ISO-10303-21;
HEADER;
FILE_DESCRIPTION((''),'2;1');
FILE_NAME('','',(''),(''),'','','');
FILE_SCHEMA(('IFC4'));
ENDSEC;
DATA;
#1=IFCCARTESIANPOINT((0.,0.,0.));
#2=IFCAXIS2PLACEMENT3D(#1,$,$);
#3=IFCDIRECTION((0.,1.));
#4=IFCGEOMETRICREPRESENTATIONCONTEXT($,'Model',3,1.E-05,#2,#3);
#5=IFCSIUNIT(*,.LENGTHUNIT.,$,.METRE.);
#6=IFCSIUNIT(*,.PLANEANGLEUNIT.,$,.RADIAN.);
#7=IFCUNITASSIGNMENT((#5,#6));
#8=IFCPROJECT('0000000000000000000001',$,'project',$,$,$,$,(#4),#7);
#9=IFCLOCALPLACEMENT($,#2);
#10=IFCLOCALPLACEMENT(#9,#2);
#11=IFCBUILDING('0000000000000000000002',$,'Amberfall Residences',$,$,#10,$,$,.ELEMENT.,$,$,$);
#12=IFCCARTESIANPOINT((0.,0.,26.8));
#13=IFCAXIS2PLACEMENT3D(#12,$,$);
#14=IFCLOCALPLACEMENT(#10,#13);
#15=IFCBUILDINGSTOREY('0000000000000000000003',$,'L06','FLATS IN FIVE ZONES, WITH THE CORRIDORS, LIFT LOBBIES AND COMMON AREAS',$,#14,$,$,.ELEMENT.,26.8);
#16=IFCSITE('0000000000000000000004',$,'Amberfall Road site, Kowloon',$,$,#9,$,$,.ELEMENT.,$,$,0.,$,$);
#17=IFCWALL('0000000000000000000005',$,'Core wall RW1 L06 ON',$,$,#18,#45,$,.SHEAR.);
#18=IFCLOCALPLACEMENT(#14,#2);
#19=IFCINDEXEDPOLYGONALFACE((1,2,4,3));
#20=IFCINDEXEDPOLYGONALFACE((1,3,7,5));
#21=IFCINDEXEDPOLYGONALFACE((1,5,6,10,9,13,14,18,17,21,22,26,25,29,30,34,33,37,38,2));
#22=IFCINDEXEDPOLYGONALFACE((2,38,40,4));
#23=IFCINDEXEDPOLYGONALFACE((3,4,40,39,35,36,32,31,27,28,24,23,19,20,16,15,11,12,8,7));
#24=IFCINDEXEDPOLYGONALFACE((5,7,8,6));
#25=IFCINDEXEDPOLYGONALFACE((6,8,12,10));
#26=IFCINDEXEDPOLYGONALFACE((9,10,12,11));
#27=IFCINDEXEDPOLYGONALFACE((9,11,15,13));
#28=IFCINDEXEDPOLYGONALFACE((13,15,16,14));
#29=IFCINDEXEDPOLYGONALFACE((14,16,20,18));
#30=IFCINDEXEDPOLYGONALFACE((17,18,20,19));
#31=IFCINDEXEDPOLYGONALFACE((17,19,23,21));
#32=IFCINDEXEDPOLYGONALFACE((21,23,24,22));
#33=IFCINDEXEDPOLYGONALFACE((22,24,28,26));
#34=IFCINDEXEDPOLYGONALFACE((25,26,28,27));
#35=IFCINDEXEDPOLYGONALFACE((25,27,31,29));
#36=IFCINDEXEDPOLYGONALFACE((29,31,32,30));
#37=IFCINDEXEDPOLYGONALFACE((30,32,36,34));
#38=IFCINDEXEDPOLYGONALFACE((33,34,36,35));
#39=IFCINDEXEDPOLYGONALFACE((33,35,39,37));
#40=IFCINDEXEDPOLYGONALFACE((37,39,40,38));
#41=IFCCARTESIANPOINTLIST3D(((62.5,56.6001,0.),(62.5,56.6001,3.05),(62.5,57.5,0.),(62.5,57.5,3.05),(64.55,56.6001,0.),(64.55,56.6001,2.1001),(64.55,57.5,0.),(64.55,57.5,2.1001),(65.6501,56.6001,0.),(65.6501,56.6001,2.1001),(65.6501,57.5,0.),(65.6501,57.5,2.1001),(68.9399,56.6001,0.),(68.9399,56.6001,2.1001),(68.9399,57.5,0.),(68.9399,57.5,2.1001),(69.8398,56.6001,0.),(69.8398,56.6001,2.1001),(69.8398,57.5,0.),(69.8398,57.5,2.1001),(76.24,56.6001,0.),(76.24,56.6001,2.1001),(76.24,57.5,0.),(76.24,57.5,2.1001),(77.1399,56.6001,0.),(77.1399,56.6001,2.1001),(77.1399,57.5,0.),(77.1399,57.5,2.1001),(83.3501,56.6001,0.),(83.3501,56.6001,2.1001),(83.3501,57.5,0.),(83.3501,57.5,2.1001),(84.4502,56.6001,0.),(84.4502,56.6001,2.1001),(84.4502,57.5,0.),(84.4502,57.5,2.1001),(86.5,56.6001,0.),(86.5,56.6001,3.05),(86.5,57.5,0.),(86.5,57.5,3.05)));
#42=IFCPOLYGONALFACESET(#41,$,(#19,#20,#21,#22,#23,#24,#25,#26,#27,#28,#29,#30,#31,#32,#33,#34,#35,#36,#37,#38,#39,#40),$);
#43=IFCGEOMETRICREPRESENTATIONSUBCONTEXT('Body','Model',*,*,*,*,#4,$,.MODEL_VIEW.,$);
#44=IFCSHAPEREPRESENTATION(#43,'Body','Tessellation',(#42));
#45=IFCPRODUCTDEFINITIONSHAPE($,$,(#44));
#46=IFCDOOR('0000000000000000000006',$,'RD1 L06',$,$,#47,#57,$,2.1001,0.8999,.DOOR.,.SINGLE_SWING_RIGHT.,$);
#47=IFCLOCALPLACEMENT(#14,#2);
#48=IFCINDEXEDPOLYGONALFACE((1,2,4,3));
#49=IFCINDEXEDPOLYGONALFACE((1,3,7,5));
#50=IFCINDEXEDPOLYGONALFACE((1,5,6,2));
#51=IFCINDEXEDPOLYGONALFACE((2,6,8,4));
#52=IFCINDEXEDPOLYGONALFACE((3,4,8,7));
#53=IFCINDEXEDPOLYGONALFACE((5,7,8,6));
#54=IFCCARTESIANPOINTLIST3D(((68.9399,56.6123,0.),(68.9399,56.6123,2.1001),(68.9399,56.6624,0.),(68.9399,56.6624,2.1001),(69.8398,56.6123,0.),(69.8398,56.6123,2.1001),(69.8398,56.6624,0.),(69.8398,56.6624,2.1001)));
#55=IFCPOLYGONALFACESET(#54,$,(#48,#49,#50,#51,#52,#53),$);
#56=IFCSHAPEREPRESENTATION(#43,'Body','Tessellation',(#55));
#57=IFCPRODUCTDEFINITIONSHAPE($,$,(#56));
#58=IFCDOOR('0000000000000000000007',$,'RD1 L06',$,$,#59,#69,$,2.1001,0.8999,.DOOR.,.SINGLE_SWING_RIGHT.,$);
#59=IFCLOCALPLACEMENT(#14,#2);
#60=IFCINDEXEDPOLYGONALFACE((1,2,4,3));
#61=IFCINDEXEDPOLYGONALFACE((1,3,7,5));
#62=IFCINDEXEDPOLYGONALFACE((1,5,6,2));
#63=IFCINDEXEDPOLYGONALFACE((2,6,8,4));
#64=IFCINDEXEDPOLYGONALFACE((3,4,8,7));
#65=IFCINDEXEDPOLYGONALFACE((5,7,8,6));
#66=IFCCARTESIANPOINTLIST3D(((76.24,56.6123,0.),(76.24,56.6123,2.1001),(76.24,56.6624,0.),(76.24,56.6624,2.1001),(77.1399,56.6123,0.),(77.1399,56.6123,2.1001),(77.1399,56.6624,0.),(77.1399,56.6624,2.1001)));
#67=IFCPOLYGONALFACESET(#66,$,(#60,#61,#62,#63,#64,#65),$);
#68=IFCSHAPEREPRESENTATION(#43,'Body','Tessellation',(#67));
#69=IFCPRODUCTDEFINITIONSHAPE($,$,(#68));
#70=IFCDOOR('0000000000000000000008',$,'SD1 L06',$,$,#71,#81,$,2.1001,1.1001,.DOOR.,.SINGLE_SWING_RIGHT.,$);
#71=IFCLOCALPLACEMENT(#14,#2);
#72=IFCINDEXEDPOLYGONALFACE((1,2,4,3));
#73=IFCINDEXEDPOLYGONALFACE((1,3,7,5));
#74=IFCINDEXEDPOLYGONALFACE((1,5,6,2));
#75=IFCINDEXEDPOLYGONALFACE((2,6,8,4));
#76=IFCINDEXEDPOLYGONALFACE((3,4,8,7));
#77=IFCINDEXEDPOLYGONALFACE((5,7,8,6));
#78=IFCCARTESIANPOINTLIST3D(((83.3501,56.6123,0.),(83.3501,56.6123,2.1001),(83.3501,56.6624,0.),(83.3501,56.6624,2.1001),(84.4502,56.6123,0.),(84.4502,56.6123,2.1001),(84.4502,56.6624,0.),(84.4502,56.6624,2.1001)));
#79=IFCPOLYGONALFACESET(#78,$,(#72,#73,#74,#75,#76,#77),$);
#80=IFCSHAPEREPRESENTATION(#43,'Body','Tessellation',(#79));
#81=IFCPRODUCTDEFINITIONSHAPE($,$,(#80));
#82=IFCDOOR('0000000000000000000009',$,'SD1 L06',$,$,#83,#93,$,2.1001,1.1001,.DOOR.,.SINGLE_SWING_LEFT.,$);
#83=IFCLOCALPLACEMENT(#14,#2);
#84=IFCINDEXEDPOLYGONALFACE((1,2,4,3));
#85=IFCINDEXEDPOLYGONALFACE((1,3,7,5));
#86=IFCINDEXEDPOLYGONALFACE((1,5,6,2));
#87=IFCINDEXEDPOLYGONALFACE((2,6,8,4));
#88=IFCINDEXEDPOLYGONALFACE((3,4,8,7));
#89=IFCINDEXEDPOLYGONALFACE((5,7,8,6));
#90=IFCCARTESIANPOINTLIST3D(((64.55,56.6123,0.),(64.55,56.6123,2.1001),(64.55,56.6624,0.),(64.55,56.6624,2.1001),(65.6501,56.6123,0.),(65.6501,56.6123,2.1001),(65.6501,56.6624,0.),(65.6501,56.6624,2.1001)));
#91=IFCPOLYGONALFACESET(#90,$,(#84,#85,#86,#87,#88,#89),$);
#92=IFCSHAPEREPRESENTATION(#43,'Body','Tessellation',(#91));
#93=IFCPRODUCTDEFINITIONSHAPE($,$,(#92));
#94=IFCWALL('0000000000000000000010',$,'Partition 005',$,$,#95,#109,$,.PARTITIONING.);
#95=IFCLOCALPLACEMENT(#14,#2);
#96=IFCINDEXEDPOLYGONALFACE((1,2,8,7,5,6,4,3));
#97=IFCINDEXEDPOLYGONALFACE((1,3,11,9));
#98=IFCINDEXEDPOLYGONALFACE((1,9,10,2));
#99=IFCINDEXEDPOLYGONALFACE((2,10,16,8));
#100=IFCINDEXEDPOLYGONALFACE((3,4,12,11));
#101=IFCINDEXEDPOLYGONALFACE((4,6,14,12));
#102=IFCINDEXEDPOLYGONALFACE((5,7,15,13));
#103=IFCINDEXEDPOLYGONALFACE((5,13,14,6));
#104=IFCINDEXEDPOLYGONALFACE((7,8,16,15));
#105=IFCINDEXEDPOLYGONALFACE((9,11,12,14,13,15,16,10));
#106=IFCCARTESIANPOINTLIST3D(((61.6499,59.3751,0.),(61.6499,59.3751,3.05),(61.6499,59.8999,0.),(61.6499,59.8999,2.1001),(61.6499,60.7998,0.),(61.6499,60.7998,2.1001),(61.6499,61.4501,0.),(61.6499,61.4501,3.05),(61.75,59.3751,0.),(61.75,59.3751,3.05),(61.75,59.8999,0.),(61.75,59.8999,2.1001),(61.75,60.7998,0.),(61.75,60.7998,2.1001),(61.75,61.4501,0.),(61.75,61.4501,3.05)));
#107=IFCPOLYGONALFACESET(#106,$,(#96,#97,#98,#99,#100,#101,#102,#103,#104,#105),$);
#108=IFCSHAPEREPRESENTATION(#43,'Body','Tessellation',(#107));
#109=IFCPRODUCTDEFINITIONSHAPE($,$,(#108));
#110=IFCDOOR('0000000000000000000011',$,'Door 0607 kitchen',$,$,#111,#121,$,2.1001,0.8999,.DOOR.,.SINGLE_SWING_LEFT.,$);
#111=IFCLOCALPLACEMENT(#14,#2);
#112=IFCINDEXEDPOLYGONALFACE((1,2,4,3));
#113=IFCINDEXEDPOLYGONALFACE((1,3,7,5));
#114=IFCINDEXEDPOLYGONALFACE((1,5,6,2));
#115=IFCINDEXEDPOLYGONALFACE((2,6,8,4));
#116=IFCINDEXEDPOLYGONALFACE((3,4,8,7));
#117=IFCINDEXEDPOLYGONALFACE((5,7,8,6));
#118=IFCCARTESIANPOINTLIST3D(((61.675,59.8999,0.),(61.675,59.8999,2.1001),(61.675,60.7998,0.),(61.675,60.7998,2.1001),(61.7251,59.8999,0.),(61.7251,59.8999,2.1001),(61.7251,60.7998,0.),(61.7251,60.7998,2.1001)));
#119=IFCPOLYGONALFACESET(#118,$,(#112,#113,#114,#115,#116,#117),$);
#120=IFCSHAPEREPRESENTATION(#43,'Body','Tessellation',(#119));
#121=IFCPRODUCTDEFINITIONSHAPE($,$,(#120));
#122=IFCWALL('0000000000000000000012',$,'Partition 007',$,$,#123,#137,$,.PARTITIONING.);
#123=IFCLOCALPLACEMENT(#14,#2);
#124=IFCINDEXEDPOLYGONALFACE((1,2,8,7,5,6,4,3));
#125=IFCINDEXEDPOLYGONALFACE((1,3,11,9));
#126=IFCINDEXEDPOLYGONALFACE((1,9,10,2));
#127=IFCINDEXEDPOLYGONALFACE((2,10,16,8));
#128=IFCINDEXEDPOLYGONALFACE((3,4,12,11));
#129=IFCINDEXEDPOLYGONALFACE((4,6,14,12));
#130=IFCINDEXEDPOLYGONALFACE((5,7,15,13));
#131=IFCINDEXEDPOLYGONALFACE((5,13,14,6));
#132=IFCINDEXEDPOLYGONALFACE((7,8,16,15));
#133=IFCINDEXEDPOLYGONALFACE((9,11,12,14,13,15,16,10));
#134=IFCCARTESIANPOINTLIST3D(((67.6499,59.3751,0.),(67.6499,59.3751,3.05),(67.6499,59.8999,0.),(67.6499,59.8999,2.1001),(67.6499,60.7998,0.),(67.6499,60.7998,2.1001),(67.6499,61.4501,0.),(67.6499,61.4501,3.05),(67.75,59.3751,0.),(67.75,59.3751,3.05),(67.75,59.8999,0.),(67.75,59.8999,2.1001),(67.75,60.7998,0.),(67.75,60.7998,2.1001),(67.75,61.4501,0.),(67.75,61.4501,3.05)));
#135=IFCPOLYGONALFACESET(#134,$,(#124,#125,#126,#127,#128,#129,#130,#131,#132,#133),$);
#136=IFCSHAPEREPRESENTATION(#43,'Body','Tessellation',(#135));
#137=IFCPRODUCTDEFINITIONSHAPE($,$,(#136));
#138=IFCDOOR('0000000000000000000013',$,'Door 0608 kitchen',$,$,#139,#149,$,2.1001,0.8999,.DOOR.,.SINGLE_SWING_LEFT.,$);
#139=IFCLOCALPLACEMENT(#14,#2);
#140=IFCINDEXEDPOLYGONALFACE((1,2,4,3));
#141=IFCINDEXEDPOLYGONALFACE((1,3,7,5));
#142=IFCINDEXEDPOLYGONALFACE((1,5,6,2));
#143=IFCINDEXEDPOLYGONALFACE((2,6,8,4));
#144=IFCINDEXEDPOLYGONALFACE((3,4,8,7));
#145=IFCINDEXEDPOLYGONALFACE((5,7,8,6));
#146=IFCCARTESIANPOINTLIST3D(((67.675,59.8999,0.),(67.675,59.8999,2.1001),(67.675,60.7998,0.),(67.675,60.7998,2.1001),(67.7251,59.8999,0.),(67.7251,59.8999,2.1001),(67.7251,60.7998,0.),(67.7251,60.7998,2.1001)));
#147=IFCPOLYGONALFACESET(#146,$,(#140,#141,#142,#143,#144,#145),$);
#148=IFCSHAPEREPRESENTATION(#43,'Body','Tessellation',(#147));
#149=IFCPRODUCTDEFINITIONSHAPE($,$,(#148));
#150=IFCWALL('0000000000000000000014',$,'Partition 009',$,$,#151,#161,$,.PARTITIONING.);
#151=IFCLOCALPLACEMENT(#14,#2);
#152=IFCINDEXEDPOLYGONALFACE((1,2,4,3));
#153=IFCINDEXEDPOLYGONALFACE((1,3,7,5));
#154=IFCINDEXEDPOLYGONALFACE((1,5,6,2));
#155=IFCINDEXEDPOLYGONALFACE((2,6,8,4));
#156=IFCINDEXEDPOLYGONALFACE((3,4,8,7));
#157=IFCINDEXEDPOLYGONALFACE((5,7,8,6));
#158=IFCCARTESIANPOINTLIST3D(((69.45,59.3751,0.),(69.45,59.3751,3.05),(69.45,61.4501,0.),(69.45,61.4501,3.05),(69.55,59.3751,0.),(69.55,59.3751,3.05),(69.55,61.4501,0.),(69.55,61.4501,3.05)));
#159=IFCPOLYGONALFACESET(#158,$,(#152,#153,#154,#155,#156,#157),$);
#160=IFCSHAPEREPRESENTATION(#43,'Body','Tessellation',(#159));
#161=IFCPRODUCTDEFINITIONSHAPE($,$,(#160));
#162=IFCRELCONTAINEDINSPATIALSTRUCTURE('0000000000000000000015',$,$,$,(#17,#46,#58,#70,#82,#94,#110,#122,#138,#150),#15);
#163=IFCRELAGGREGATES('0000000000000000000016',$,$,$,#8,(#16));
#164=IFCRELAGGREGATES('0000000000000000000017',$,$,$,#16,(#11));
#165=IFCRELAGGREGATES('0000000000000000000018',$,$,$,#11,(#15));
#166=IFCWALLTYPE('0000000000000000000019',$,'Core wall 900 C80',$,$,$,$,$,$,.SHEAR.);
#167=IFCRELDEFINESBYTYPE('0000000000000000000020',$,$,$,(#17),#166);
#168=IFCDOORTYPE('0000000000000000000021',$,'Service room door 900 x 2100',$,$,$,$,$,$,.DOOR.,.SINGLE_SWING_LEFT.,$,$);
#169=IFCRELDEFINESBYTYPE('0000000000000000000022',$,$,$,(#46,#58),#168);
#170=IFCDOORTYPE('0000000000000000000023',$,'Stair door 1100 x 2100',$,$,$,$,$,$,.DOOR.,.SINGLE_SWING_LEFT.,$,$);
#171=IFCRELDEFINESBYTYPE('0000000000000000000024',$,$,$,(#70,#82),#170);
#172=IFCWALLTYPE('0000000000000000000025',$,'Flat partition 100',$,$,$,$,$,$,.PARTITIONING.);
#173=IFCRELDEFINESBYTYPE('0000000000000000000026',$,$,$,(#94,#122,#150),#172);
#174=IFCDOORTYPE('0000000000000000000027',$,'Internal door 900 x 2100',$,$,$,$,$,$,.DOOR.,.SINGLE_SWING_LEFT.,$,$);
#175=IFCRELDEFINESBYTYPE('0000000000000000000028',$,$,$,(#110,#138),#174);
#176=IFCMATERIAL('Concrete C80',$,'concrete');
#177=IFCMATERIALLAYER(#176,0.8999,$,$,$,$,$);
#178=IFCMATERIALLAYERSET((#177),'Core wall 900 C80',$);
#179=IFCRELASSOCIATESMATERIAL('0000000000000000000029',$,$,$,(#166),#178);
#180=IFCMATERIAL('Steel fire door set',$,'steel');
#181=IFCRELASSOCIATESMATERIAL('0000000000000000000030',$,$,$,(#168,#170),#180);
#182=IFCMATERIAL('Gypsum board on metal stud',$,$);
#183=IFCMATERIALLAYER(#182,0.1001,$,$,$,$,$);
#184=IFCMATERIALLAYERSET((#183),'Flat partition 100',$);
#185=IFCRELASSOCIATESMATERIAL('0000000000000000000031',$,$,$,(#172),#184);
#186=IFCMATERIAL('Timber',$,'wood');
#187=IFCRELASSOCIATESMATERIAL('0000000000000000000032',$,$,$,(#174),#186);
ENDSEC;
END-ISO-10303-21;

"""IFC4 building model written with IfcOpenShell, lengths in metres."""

from ifc_helpers import new_model, si_unit, direction, frame, frame_2d, origin, place, context, subcontext, project, spatial, rectangle, extrude, material, layer, layer_set, type_object, element, fill, save


model = new_model("IFC4")

# Units and contexts
model_context = context("Model", 3, precision=1e-05, world=origin(), true_north=direction((0.0, 1.0)))
body_context = subcontext(model_context, "Body", "Model", "MODEL_VIEW")
ifc_project = project(units=[si_unit("LENGTHUNIT", "METRE"), si_unit("PLANEANGLEUNIT", "RADIAN")], contexts=[model_context])

# Site, building, storey
site_placement = place(None, origin())
site = spatial("IfcSite", under=ifc_project, at=site_placement, Name="Amberfall Road site, Kowloon", CompositionType="ELEMENT", RefElevation=0.0)
building_placement = place(site_placement, origin())
building = spatial("IfcBuilding", under=site, at=building_placement, Name="Amberfall Residences", CompositionType="ELEMENT")
storey_placement = place(building_placement, frame((0.0, 0.0, 26.8)))
storey = spatial("IfcBuildingStorey", under=building, at=storey_placement, Name="L06", Description="FLATS IN FIVE ZONES, WITH THE CORRIDORS, LIFT LOBBIES AND COMMON AREAS", CompositionType="ELEMENT", Elevation=26.8)

# Wall, openings, doors
ifc_material_1 = material(Name="Concrete C80", Category="concrete")
ifc_layer_1 = layer(ifc_material_1, 0.8999)
ifc_layer_set_1 = layer_set([ifc_layer_1], Name="Core wall 900 C80")
wall_type_1 = type_object("IfcWallType", Name="Core wall 900 C80", PredefinedType="SHEAR", material=ifc_layer_set_1)
wall_1_placement = place(storey_placement, frame((62.5, 57.05, 0.0), z_axis=(0.0, 0.0, 1.0), x_axis=(1.0, 0.0, 0.0)))
wall_1 = element("IfcWall", 1, at=wall_1_placement, inside=storey, type_object=wall_type_1, Name="Core wall RW1 L06 ON", PredefinedType="SHEAR", context=body_context, shape_type="SweptSolid", body=[
    extrude(rectangle(XDim=24.0, YDim=0.8999, at=frame_2d((12.0, 0.0))), origin(), (0.0, 0.0, 1.0), 3.05),
])
opening_1_placement = place(wall_1_placement, frame((20.8501, 0.0, 0.0)))
opening_1 = element("IfcOpeningElement", 2, at=opening_1_placement, cuts=wall_1, PredefinedType="OPENING", context=body_context, shape_type="SweptSolid", body=[
    extrude(rectangle(XDim=1.1001, YDim=2.1001, at=frame_2d((0.55, 1.05))), frame((0.0, 0.46, 0.0), z_axis=(0.0, -1.0, 0.0), x_axis=(1.0, 0.0, 0.0)), (0.0, 0.0, 1.0), 0.9199),
])
opening_2_placement = place(wall_1_placement, frame((2.05, 0.0, 0.0)))
opening_2 = element("IfcOpeningElement", 3, at=opening_2_placement, cuts=wall_1, PredefinedType="OPENING", context=body_context, shape_type="SweptSolid", body=[
    extrude(rectangle(XDim=1.1001, YDim=2.1001, at=frame_2d((0.55, 1.05))), frame((0.0, 0.46, 0.0), z_axis=(0.0, -1.0, 0.0), x_axis=(1.0, 0.0, 0.0)), (0.0, 0.0, 1.0), 0.9199),
])
opening_3_placement = place(wall_1_placement, frame((6.4399, 0.0, 0.0)))
opening_3 = element("IfcOpeningElement", 4, at=opening_3_placement, cuts=wall_1, PredefinedType="OPENING", context=body_context, shape_type="SweptSolid", body=[
    extrude(rectangle(XDim=0.8999, YDim=2.1001, at=frame_2d((0.45, 1.05))), frame((0.0, 0.46, 0.0), z_axis=(0.0, -1.0, 0.0), x_axis=(1.0, 0.0, 0.0)), (0.0, 0.0, 1.0), 0.9199),
])
opening_4_placement = place(wall_1_placement, frame((13.74, 0.0, 0.0)))
opening_4 = element("IfcOpeningElement", 5, at=opening_4_placement, cuts=wall_1, PredefinedType="OPENING", context=body_context, shape_type="SweptSolid", body=[
    extrude(rectangle(XDim=0.8999, YDim=2.1001, at=frame_2d((0.45, 1.05))), frame((0.0, 0.46, 0.0), z_axis=(0.0, -1.0, 0.0), x_axis=(1.0, 0.0, 0.0)), (0.0, 0.0, 1.0), 0.9199),
])
ifc_material_2 = material(Name="Steel fire door set", Category="steel")
door_type_1 = type_object("IfcDoorType", Name="Service room door 900 x 2100", OperationType="SINGLE_SWING_LEFT", PredefinedType="DOOR", material=ifc_material_2)
door_1_placement = place(opening_3_placement, origin())
door_1 = element("IfcDoor", 6, at=door_1_placement, inside=storey, type_object=door_type_1, Name="RD1 L06", OperationType="SINGLE_SWING_RIGHT", OverallHeight=2.1001, OverallWidth=0.8999, PredefinedType="DOOR", context=body_context, shape_type="SweptSolid", body=[
    extrude(rectangle(XDim=0.8999, YDim=2.1001, at=frame_2d((0.45, 1.05))), frame((0.0, -0.3877, 0.0), z_axis=(0.0, -1.0, 0.0), x_axis=(1.0, 0.0, 0.0)), (0.0, 0.0, 1.0), 0.05),
])
fill(opening_3, door_1)
door_2_placement = place(opening_4_placement, origin())
door_2 = element("IfcDoor", 7, at=door_2_placement, inside=storey, type_object=door_type_1, Name="RD1 L06", OperationType="SINGLE_SWING_RIGHT", OverallHeight=2.1001, OverallWidth=0.8999, PredefinedType="DOOR", context=body_context, shape_type="SweptSolid", body=[
    extrude(rectangle(XDim=0.8999, YDim=2.1001, at=frame_2d((0.45, 1.05))), frame((0.0, -0.3877, 0.0), z_axis=(0.0, -1.0, 0.0), x_axis=(1.0, 0.0, 0.0)), (0.0, 0.0, 1.0), 0.05),
])
fill(opening_4, door_2)
door_type_2 = type_object("IfcDoorType", Name="Stair door 1100 x 2100", OperationType="SINGLE_SWING_LEFT", PredefinedType="DOOR", material=ifc_material_2)
door_3_placement = place(opening_1_placement, origin())
door_3 = element("IfcDoor", 8, at=door_3_placement, inside=storey, type_object=door_type_2, Name="SD1 L06", OperationType="SINGLE_SWING_RIGHT", OverallHeight=2.1001, OverallWidth=1.1001, PredefinedType="DOOR", context=body_context, shape_type="SweptSolid", body=[
    extrude(rectangle(XDim=1.1001, YDim=2.1001, at=frame_2d((0.55, 1.05))), frame((0.0, -0.3877, 0.0), z_axis=(0.0, -1.0, 0.0), x_axis=(1.0, 0.0, 0.0)), (0.0, 0.0, 1.0), 0.05),
])
fill(opening_1, door_3)
door_4_placement = place(opening_2_placement, origin())
door_4 = element("IfcDoor", 9, at=door_4_placement, inside=storey, type_object=door_type_2, Name="SD1 L06", OperationType="SINGLE_SWING_LEFT", OverallHeight=2.1001, OverallWidth=1.1001, PredefinedType="DOOR", context=body_context, shape_type="SweptSolid", body=[
    extrude(rectangle(XDim=1.1001, YDim=2.1001, at=frame_2d((0.55, 1.05))), frame((0.0, -0.3877, 0.0), z_axis=(0.0, -1.0, 0.0), x_axis=(1.0, 0.0, 0.0)), (0.0, 0.0, 1.0), 0.05),
])
fill(opening_2, door_4)

# Walls, openings, doors
ifc_material_3 = material(Name="Gypsum board on metal stud")
ifc_layer_2 = layer(ifc_material_3, 0.1001)
ifc_layer_set_2 = layer_set([ifc_layer_2], Name="Flat partition 100")
wall_type_2 = type_object("IfcWallType", Name="Flat partition 100", PredefinedType="PARTITIONING", material=ifc_layer_set_2)
wall_2_placement = place(storey_placement, frame((61.7, 59.375, 0.0), z_axis=(0.0, 0.0, 1.0), x_axis=(0.0, 1.0, 0.0)))
wall_2 = element("IfcWall", 10, at=wall_2_placement, inside=storey, type_object=wall_type_2, Name="Partition 005", PredefinedType="PARTITIONING", context=body_context, shape_type="SweptSolid", body=[
    extrude(rectangle(XDim=2.075, YDim=0.1001, at=frame_2d((1.0376, 0.0))), origin(), (0.0, 0.0, 1.0), 3.05),
])
opening_5_placement = place(wall_2_placement, frame((0.5249, 0.0, 0.0)))
opening_5 = element("IfcOpeningElement", 11, at=opening_5_placement, cuts=wall_2, PredefinedType="OPENING", context=body_context, shape_type="SweptSolid", body=[
    extrude(rectangle(XDim=0.8999, YDim=2.1001, at=frame_2d((0.45, 1.05))), frame((0.0, 0.0601, 0.0), z_axis=(0.0, -1.0, 0.0), x_axis=(1.0, 0.0, 0.0)), (0.0, 0.0, 1.0), 0.1201),
])
ifc_material_4 = material(Name="Timber", Category="wood")
door_type_3 = type_object("IfcDoorType", Name="Internal door 900 x 2100", OperationType="SINGLE_SWING_LEFT", PredefinedType="DOOR", material=ifc_material_4)
door_5_placement = place(opening_5_placement, origin())
door_5 = element("IfcDoor", 12, at=door_5_placement, inside=storey, type_object=door_type_3, Name="Door 0607 kitchen", OperationType="SINGLE_SWING_LEFT", OverallHeight=2.1001, OverallWidth=0.8999, PredefinedType="DOOR", context=body_context, shape_type="SweptSolid", body=[
    extrude(rectangle(XDim=0.8999, YDim=2.1001, at=frame_2d((0.45, 1.05))), frame((0.0, 0.0249, 0.0), z_axis=(0.0, -1.0, 0.0), x_axis=(1.0, 0.0, 0.0)), (0.0, 0.0, 1.0), 0.05),
])
fill(opening_5, door_5)
wall_3_placement = place(storey_placement, frame((67.7, 59.375, 0.0), z_axis=(0.0, 0.0, 1.0), x_axis=(0.0, 1.0, 0.0)))
wall_3 = element("IfcWall", 13, at=wall_3_placement, inside=storey, type_object=wall_type_2, Name="Partition 007", PredefinedType="PARTITIONING", context=body_context, shape_type="SweptSolid", body=[
    extrude(rectangle(XDim=2.075, YDim=0.1001, at=frame_2d((1.0376, 0.0))), origin(), (0.0, 0.0, 1.0), 3.05),
])
opening_6_placement = place(wall_3_placement, frame((0.5249, 0.0, 0.0)))
opening_6 = element("IfcOpeningElement", 14, at=opening_6_placement, cuts=wall_3, PredefinedType="OPENING", context=body_context, shape_type="SweptSolid", body=[
    extrude(rectangle(XDim=0.8999, YDim=2.1001, at=frame_2d((0.45, 1.05))), frame((0.0, 0.0601, 0.0), z_axis=(0.0, -1.0, 0.0), x_axis=(1.0, 0.0, 0.0)), (0.0, 0.0, 1.0), 0.1201),
])
door_6_placement = place(opening_6_placement, origin())
door_6 = element("IfcDoor", 15, at=door_6_placement, inside=storey, type_object=door_type_3, Name="Door 0608 kitchen", OperationType="SINGLE_SWING_LEFT", OverallHeight=2.1001, OverallWidth=0.8999, PredefinedType="DOOR", context=body_context, shape_type="SweptSolid", body=[
    extrude(rectangle(XDim=0.8999, YDim=2.1001, at=frame_2d((0.45, 1.05))), frame((0.0, 0.0249, 0.0), z_axis=(0.0, -1.0, 0.0), x_axis=(1.0, 0.0, 0.0)), (0.0, 0.0, 1.0), 0.05),
])
fill(opening_6, door_6)

# Wall
wall_4_placement = place(storey_placement, frame((69.5, 59.375, 0.0), z_axis=(0.0, 0.0, 1.0), x_axis=(0.0, 1.0, 0.0)))
element("IfcWall", 16, at=wall_4_placement, inside=storey, type_object=wall_type_2, Name="Partition 009", PredefinedType="PARTITIONING", context=body_context, shape_type="SweptSolid", body=[
    extrude(rectangle(XDim=2.075, YDim=0.1001, at=frame_2d((1.0376, 0.0))), origin(), (0.0, 0.0, 1.0), 3.05),
])

save(model, "model.ifc")
